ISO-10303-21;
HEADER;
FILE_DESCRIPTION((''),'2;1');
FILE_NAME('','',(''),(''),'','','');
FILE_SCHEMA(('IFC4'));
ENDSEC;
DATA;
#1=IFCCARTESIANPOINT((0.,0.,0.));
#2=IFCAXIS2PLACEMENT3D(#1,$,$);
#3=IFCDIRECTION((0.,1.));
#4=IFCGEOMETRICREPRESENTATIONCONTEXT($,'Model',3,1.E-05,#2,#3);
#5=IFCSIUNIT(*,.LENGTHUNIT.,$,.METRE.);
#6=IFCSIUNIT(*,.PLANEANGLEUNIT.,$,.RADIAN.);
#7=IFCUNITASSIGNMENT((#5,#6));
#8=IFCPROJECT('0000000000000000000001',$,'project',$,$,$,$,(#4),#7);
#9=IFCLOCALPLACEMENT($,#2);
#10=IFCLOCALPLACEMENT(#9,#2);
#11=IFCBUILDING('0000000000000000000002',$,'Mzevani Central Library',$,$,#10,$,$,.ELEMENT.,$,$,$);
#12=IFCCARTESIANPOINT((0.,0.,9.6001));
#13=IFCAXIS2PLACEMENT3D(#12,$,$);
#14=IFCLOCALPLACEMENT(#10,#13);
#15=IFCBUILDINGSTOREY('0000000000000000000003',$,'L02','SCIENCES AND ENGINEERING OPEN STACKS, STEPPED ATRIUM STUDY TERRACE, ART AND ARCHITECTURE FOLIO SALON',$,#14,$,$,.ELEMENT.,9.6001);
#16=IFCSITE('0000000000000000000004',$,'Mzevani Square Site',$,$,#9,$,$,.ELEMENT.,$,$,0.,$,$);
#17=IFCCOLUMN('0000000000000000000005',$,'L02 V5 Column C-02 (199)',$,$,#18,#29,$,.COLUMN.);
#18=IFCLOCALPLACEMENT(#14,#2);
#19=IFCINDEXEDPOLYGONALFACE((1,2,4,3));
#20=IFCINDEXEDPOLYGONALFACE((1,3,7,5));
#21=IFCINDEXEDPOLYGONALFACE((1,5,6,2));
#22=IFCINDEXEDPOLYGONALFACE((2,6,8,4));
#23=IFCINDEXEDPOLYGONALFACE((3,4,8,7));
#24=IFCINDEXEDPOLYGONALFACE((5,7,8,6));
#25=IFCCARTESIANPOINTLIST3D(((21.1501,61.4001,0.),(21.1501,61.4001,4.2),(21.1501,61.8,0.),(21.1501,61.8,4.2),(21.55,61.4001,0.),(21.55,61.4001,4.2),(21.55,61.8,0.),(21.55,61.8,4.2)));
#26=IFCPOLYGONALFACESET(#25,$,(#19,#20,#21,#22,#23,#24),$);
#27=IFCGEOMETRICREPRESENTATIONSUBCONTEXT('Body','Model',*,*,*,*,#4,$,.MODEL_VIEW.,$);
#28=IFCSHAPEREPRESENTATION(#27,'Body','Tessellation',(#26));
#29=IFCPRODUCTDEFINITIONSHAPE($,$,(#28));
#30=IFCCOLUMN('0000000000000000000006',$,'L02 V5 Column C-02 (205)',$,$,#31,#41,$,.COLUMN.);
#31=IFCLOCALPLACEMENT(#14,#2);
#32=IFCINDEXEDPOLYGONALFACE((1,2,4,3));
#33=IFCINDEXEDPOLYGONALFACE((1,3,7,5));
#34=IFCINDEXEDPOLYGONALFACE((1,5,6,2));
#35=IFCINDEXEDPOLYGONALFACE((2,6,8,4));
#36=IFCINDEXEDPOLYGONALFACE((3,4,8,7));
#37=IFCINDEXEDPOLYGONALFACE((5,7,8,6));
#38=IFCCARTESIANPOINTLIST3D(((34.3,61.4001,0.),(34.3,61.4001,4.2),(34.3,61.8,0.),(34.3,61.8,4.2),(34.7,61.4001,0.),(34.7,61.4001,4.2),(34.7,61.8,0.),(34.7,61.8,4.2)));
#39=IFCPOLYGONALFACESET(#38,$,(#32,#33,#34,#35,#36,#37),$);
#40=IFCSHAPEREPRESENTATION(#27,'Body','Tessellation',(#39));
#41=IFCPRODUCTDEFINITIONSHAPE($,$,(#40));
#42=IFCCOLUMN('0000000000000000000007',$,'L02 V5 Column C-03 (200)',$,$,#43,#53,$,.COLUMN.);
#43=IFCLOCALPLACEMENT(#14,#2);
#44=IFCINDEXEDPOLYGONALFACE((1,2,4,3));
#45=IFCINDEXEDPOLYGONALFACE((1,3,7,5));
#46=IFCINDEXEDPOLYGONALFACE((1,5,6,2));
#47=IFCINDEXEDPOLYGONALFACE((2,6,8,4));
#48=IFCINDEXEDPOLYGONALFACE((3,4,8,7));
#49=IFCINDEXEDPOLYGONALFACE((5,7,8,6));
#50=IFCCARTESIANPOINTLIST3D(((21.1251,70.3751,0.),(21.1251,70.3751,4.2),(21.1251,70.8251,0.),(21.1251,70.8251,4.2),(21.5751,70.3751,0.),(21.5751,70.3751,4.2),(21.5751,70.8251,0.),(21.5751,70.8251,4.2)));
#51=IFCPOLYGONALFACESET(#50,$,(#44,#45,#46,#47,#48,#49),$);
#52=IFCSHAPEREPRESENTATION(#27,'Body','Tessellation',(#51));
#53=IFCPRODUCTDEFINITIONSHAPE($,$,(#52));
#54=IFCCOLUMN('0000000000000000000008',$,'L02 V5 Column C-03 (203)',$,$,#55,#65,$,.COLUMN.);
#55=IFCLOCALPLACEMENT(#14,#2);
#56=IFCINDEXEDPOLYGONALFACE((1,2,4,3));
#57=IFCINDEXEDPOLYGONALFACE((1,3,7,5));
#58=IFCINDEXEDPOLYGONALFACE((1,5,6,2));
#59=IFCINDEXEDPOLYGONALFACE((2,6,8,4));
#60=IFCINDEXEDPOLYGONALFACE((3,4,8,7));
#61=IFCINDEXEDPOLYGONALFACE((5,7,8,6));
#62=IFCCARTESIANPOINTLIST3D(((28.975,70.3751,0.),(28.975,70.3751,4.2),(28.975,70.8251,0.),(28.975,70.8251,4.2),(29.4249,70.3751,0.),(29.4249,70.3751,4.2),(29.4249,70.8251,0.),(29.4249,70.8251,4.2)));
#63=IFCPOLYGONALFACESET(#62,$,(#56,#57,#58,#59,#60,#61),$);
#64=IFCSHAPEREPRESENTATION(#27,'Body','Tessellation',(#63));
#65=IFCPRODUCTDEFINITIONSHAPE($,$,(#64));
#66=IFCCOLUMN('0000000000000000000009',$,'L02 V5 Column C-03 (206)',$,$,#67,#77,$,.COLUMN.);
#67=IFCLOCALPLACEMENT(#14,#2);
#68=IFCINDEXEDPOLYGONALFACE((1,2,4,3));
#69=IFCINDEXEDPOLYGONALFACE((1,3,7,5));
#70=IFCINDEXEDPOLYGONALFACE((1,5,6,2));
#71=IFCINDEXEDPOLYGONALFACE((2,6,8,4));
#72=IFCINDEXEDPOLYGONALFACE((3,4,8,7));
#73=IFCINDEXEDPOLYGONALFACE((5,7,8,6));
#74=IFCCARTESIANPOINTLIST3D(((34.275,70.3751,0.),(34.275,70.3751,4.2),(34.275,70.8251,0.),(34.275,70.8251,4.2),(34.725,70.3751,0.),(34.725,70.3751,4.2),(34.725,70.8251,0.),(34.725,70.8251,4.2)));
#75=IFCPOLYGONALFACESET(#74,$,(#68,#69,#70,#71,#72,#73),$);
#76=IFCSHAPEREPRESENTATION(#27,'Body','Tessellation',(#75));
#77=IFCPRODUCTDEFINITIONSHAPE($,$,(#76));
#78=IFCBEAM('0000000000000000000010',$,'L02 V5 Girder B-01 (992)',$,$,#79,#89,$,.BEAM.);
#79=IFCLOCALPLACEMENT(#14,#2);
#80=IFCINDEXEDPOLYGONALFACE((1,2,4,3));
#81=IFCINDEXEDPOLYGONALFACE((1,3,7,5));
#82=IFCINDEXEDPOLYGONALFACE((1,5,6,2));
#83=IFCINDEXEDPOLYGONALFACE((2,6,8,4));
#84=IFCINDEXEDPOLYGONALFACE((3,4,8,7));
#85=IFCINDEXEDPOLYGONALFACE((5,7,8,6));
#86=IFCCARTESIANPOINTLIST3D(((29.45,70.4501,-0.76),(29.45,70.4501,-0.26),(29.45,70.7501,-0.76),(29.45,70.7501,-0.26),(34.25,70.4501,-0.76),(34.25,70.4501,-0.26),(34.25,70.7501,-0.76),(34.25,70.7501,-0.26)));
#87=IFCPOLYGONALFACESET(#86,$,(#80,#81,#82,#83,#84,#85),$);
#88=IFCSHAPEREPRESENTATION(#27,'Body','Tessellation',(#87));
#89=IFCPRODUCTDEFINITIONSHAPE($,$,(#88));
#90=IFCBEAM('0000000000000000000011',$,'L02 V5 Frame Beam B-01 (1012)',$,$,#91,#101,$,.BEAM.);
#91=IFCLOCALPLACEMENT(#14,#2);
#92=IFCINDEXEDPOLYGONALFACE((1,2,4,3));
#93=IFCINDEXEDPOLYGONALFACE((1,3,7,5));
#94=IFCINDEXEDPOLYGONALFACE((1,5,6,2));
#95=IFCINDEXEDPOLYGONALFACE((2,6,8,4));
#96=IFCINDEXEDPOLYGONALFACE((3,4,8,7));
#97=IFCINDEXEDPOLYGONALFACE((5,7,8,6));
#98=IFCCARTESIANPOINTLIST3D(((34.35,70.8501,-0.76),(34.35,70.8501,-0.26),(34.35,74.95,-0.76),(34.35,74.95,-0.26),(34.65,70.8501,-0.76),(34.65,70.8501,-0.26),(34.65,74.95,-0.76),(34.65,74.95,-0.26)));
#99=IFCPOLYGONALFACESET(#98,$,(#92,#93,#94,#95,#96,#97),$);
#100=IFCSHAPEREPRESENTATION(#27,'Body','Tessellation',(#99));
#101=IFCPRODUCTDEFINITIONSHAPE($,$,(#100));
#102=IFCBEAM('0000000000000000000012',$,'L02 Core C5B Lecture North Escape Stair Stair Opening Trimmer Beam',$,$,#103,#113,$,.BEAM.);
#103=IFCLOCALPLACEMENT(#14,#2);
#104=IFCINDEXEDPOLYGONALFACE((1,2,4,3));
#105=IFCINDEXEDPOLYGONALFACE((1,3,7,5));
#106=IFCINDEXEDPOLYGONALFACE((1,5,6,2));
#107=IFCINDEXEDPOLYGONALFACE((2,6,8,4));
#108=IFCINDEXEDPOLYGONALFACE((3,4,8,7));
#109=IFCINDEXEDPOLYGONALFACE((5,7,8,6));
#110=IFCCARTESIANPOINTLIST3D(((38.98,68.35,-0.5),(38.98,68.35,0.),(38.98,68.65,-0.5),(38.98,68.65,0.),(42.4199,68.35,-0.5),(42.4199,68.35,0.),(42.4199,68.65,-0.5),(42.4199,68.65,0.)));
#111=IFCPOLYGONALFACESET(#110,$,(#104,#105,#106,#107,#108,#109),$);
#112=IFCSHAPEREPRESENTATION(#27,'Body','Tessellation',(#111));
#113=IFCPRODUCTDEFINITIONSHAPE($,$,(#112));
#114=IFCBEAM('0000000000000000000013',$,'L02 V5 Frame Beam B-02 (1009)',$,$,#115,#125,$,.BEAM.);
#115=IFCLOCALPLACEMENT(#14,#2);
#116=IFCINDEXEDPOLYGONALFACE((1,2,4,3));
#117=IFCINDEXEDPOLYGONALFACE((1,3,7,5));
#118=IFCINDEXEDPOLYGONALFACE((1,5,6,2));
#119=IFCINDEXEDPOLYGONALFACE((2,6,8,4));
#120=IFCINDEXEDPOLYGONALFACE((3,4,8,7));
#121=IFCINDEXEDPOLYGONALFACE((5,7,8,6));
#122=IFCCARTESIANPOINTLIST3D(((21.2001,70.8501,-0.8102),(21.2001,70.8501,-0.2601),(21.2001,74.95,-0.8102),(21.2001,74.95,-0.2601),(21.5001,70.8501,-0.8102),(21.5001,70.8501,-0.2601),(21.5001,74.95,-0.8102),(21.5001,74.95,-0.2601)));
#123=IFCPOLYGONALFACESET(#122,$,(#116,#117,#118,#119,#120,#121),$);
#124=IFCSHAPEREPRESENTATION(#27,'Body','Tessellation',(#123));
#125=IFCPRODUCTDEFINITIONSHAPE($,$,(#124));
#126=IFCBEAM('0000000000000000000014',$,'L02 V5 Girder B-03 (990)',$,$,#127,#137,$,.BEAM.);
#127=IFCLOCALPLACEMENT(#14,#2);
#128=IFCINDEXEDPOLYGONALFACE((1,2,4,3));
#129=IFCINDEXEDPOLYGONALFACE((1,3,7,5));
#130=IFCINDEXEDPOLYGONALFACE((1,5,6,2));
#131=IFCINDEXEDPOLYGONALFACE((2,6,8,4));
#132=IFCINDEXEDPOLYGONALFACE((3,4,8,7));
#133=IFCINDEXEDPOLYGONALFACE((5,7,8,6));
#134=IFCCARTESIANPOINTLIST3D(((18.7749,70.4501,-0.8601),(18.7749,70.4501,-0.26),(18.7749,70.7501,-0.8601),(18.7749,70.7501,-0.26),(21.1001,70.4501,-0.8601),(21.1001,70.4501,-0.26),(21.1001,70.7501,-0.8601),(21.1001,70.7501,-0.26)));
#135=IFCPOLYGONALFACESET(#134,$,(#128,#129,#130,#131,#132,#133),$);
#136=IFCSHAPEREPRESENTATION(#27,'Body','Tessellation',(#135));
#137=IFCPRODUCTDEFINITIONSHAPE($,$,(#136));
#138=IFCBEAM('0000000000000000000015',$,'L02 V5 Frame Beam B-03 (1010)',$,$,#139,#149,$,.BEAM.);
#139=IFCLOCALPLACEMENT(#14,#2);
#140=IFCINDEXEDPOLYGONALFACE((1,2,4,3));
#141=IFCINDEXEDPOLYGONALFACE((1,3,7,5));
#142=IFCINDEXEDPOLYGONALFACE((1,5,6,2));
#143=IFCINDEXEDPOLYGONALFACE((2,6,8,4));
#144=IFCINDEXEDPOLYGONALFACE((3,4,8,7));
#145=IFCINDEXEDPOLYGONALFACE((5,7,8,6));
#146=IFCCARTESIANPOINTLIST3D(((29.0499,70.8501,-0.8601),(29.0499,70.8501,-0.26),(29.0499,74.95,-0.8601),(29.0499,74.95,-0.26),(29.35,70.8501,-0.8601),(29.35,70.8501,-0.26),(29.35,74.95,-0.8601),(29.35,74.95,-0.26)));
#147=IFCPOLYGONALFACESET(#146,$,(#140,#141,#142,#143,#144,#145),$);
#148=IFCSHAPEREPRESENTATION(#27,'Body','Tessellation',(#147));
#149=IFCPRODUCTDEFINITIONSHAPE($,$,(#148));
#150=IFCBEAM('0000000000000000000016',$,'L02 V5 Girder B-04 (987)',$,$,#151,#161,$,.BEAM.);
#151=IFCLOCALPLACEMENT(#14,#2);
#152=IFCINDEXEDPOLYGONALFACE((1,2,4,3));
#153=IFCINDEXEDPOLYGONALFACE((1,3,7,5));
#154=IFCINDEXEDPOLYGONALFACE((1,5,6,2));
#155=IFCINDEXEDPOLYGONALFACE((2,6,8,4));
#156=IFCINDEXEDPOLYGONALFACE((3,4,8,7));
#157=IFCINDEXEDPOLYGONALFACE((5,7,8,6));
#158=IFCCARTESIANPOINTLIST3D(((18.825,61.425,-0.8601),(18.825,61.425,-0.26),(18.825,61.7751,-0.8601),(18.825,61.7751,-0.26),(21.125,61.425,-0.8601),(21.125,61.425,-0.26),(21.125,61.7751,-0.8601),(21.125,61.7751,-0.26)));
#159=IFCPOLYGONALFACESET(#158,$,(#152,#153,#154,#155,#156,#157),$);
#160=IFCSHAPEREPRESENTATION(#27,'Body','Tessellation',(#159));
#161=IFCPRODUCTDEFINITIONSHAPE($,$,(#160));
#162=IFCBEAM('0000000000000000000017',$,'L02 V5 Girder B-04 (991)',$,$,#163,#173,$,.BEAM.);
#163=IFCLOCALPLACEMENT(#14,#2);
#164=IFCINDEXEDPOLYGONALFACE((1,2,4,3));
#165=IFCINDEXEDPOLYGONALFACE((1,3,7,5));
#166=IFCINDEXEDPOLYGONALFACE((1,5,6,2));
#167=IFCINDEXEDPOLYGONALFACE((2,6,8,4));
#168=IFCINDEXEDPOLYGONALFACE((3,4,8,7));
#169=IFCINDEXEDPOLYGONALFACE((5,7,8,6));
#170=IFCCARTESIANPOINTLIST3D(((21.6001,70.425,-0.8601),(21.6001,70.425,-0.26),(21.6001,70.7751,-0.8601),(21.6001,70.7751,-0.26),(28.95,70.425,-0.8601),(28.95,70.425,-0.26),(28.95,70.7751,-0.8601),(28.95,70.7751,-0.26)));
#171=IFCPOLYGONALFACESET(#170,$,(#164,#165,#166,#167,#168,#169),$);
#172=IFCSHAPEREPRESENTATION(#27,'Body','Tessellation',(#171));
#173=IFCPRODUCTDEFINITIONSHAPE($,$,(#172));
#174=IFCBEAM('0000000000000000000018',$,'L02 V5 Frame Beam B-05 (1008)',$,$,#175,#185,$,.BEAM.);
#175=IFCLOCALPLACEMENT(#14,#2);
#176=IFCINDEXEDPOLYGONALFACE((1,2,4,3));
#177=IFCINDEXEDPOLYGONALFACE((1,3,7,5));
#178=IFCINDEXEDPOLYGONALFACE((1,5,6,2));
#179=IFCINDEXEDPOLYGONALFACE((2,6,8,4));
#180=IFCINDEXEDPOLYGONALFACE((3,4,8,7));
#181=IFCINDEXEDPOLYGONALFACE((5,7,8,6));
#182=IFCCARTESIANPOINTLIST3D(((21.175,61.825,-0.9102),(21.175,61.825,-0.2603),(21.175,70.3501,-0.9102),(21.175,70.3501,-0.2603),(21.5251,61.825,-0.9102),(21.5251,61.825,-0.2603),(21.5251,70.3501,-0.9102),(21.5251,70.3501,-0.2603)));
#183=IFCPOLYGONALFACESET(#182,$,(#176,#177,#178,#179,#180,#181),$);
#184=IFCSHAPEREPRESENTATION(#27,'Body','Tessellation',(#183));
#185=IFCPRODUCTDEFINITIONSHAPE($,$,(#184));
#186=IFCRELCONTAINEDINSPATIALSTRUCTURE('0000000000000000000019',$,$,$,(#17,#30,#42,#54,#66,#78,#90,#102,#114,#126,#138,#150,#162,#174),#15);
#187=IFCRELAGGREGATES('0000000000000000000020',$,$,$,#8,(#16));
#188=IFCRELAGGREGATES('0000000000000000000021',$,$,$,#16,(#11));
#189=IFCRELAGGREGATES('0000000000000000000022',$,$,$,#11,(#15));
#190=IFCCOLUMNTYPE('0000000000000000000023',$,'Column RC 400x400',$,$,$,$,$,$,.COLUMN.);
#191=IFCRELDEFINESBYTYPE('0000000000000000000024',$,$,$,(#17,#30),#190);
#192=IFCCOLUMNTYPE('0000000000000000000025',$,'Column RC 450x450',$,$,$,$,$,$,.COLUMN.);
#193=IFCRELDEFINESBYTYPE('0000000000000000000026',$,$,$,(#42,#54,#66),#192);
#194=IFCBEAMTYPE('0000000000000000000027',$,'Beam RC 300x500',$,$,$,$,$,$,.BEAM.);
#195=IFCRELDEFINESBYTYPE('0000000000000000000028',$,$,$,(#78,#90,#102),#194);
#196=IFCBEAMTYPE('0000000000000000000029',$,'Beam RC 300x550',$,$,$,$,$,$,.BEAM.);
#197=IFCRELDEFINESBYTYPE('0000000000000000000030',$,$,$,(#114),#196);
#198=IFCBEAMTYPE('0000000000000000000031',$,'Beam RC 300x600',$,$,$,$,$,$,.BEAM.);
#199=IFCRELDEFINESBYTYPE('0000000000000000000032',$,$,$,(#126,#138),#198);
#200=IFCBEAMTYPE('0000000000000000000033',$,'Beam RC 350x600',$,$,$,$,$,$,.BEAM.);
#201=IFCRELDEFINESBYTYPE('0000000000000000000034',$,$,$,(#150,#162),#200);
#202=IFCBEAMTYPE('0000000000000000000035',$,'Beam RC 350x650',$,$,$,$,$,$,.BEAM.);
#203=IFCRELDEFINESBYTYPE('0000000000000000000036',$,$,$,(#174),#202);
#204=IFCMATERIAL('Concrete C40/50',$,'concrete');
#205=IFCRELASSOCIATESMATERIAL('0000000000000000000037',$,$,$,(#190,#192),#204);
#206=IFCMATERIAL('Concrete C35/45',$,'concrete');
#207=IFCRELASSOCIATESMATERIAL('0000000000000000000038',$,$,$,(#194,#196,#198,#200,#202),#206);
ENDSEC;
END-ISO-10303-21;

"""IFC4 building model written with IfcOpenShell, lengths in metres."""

from ifc_helpers import new_model, si_unit, direction, frame, origin, origin_2d, place, context, subcontext, project, spatial, rectangle, extrude, material, material_profile, profile_set, type_object, element, save


model = new_model("IFC4")

# Units and contexts
model_context = context("Model", 3, precision=1e-05, world=origin(), true_north=direction((0.0, 1.0)))
body_context = subcontext(model_context, "Body", "Model", "MODEL_VIEW")
ifc_project = project(units=[si_unit("LENGTHUNIT", "METRE"), si_unit("PLANEANGLEUNIT", "RADIAN")], contexts=[model_context])

# Site, building, storey
site_placement = place(None, origin())
site = spatial("IfcSite", under=ifc_project, at=site_placement, Name="Mzevani Square Site", CompositionType="ELEMENT", RefElevation=0.0)
building_placement = place(site_placement, origin())
building = spatial("IfcBuilding", under=site, at=building_placement, Name="Mzevani Central Library", CompositionType="ELEMENT")
storey_placement = place(building_placement, frame((0.0, 0.0, 9.6001)))
storey = spatial("IfcBuildingStorey", under=building, at=storey_placement, Name="L02", Description="SCIENCES AND ENGINEERING OPEN STACKS, STEPPED ATRIUM STUDY TERRACE, ART AND ARCHITECTURE FOLIO SALON", CompositionType="ELEMENT", Elevation=9.6001)

# Columns
ifc_material_1 = material(Name="Concrete C40/50", Category="concrete")
ifc_material_profile_1 = material_profile(ifc_material_1, rectangle(XDim=0.3999, YDim=0.3999, at=origin_2d()), Name="RC 400x400")
ifc_profile_set_1 = profile_set([ifc_material_profile_1], Name="Concrete C40/50")
column_type_1 = type_object("IfcColumnType", Name="Column RC 400x400", PredefinedType="COLUMN", material=ifc_profile_set_1)
for number, where, z_axis, x_axis, name in (
    (1, (21.3501, 61.6001, 0.0), (0.0, 0.0, 1.0), (1.0, 0.0, 0.0), "L02 V5 Column C-02 (199)"),
    (2, (34.5, 61.6001, 0.0), (0.0, 0.0, 1.0), (1.0, 0.0, 0.0), "L02 V5 Column C-02 (205)"),
):
    element("IfcColumn", number, at=place(storey_placement, frame(where, z_axis=z_axis, x_axis=x_axis)), inside=storey, type_object=column_type_1, Name=name, PredefinedType="COLUMN", context=body_context, shape_type="SweptSolid", body=[
        extrude(rectangle(XDim=0.3999, YDim=0.3999, at=origin_2d()), origin(), (0.0, 0.0, 1.0), 4.2),
    ])
ifc_material_profile_2 = material_profile(ifc_material_1, rectangle(XDim=0.45, YDim=0.45, at=origin_2d()), Name="RC 450x450")
ifc_profile_set_2 = profile_set([ifc_material_profile_2], Name="Concrete C40/50")
column_type_2 = type_object("IfcColumnType", Name="Column RC 450x450", PredefinedType="COLUMN", material=ifc_profile_set_2)
for number, where, z_axis, x_axis, name in (
    (3, (21.3501, 70.6001, 0.0), (0.0, 0.0, 1.0), (1.0, 0.0, 0.0), "L02 V5 Column C-03 (200)"),
    (4, (29.2, 70.6001, 0.0), (0.0, 0.0, 1.0), (1.0, 0.0, 0.0), "L02 V5 Column C-03 (203)"),
    (5, (34.5, 70.6001, 0.0), (0.0, 0.0, 1.0), (1.0, 0.0, 0.0), "L02 V5 Column C-03 (206)"),
):
    element("IfcColumn", number, at=place(storey_placement, frame(where, z_axis=z_axis, x_axis=x_axis)), inside=storey, type_object=column_type_2, Name=name, PredefinedType="COLUMN", context=body_context, shape_type="SweptSolid", body=[
        extrude(rectangle(XDim=0.45, YDim=0.45, at=origin_2d()), origin(), (0.0, 0.0, 1.0), 4.2),
    ])

# Beams
ifc_material_2 = material(Name="Concrete C35/45", Category="concrete")
ifc_material_profile_3 = material_profile(ifc_material_2, rectangle(XDim=0.3, YDim=0.5, at=origin_2d()), Name="RC B300x500")
ifc_profile_set_3 = profile_set([ifc_material_profile_3], Name="Concrete C35/45")
beam_type_1 = type_object("IfcBeamType", Name="Beam RC 300x500", PredefinedType="BEAM", material=ifc_profile_set_3)
beam_1_placement = place(storey_placement, frame((29.45, 70.6001, -0.51), z_axis=(1.0, 0.0, 0.0), x_axis=(0.0, 1.0, 0.0)))
element("IfcBeam", 6, at=beam_1_placement, inside=storey, type_object=beam_type_1, Name="L02 V5 Girder B-01 (992)", PredefinedType="BEAM", context=body_context, shape_type="SweptSolid", body=[
    extrude(rectangle(XDim=0.3, YDim=0.5, at=origin_2d()), origin(), (0.0, 0.0, 1.0), 4.8),
])
beam_2_placement = place(storey_placement, frame((34.5, 70.8501, -0.51), z_axis=(0.0, 1.0, 0.0), x_axis=(-1.0, 0.0, 0.0)))
element("IfcBeam", 7, at=beam_2_placement, inside=storey, type_object=beam_type_1, Name="L02 V5 Frame Beam B-01 (1012)", PredefinedType="BEAM", context=body_context, shape_type="SweptSolid", body=[
    extrude(rectangle(XDim=0.3, YDim=0.5, at=origin_2d()), origin(), (0.0, 0.0, 1.0), 4.0999),
])
beam_3_placement = place(storey_placement, frame((38.98, 68.5, -0.25), z_axis=(1.0, 0.0, 0.0), x_axis=(0.0, 1.0, 0.0)))
element("IfcBeam", 8, at=beam_3_placement, inside=storey, type_object=beam_type_1, Name="L02 Core C5B Lecture North Escape Stair Stair Opening Trimmer Beam", PredefinedType="BEAM", context=body_context, shape_type="SweptSolid", body=[
    extrude(rectangle(XDim=0.3, YDim=0.5, at=origin_2d()), origin(), (0.0, 0.0, 1.0), 3.4399),
])
ifc_material_profile_4 = material_profile(ifc_material_2, rectangle(XDim=0.3, YDim=0.55, at=origin_2d()), Name="RC B300x550")
ifc_profile_set_4 = profile_set([ifc_material_profile_4], Name="Concrete C35/45")
beam_type_2 = type_object("IfcBeamType", Name="Beam RC 300x550", PredefinedType="BEAM", material=ifc_profile_set_4)
beam_4_placement = place(storey_placement, frame((21.3501, 70.8501, -0.5352), z_axis=(0.0, 1.0, 0.0), x_axis=(-1.0, 0.0, 0.0)))
element("IfcBeam", 9, at=beam_4_placement, inside=storey, type_object=beam_type_2, Name="L02 V5 Frame Beam B-02 (1009)", PredefinedType="BEAM", context=body_context, shape_type="SweptSolid", body=[
    extrude(rectangle(XDim=0.3, YDim=0.55, at=origin_2d()), origin(), (0.0, 0.0, 1.0), 4.0999),
])
ifc_material_profile_5 = material_profile(ifc_material_2, rectangle(XDim=0.3, YDim=0.6001, at=origin_2d()), Name="RC B300x600")
ifc_profile_set_5 = profile_set([ifc_material_profile_5], Name="Concrete C35/45")
beam_type_3 = type_object("IfcBeamType", Name="Beam RC 300x600", PredefinedType="BEAM", material=ifc_profile_set_5)
beam_5_placement = place(storey_placement, frame((18.7749, 70.6001, -0.5601), z_axis=(1.0, 0.0, 0.0), x_axis=(0.0, 1.0, 0.0)))
element("IfcBeam", 10, at=beam_5_placement, inside=storey, type_object=beam_type_3, Name="L02 V5 Girder B-03 (990)", PredefinedType="BEAM", context=body_context, shape_type="SweptSolid", body=[
    extrude(rectangle(XDim=0.3, YDim=0.6001, at=origin_2d()), origin(), (0.0, 0.0, 1.0), 2.3252),
])
beam_6_placement = place(storey_placement, frame((29.2, 70.8501, -0.5601), z_axis=(0.0, 1.0, 0.0), x_axis=(-1.0, 0.0, 0.0)))
element("IfcBeam", 11, at=beam_6_placement, inside=storey, type_object=beam_type_3, Name="L02 V5 Frame Beam B-03 (1010)", PredefinedType="BEAM", context=body_context, shape_type="SweptSolid", body=[
    extrude(rectangle(XDim=0.3, YDim=0.6001, at=origin_2d()), origin(), (0.0, 0.0, 1.0), 4.0999),
])
ifc_material_profile_6 = material_profile(ifc_material_2, rectangle(XDim=0.3501, YDim=0.6001, at=origin_2d()), Name="RC B350x600")
ifc_profile_set_6 = profile_set([ifc_material_profile_6], Name="Concrete C35/45")
beam_type_4 = type_object("IfcBeamType", Name="Beam RC 350x600", PredefinedType="BEAM", material=ifc_profile_set_6)
beam_7_placement = place(storey_placement, frame((18.825, 61.6001, -0.5601), z_axis=(1.0, 0.0, 0.0), x_axis=(0.0, 1.0, 0.0)))
element("IfcBeam", 12, at=beam_7_placement, inside=storey, type_object=beam_type_4, Name="L02 V5 Girder B-04 (987)", PredefinedType="BEAM", context=body_context, shape_type="SweptSolid", body=[
    extrude(rectangle(XDim=0.3501, YDim=0.6001, at=origin_2d()), origin(), (0.0, 0.0, 1.0), 2.3),
])
beam_8_placement = place(storey_placement, frame((21.6001, 70.6001, -0.5601), z_axis=(1.0, 0.0, 0.0), x_axis=(0.0, 1.0, 0.0)))
element("IfcBeam", 13, at=beam_8_placement, inside=storey, type_object=beam_type_4, Name="L02 V5 Girder B-04 (991)", PredefinedType="BEAM", context=body_context, shape_type="SweptSolid", body=[
    extrude(rectangle(XDim=0.3501, YDim=0.6001, at=origin_2d()), origin(), (0.0, 0.0, 1.0), 7.3499),
])
ifc_material_profile_7 = material_profile(ifc_material_2, rectangle(XDim=0.3501, YDim=0.6499, at=origin_2d()), Name="RC B350x650")
ifc_profile_set_7 = profile_set([ifc_material_profile_7], Name="Concrete C35/45")
beam_type_5 = type_object("IfcBeamType", Name="Beam RC 350x650", PredefinedType="BEAM", material=ifc_profile_set_7)
beam_9_placement = place(storey_placement, frame((21.3501, 61.825, -0.5852), z_axis=(0.0, 1.0, 0.0), x_axis=(-1.0, 0.0, 0.0)))
element("IfcBeam", 14, at=beam_9_placement, inside=storey, type_object=beam_type_5, Name="L02 V5 Frame Beam B-05 (1008)", PredefinedType="BEAM", context=body_context, shape_type="SweptSolid", body=[
    extrude(rectangle(XDim=0.3501, YDim=0.6499, at=origin_2d()), origin(), (0.0, 0.0, 1.0), 8.5251),
])

save(model, "model.ifc")
